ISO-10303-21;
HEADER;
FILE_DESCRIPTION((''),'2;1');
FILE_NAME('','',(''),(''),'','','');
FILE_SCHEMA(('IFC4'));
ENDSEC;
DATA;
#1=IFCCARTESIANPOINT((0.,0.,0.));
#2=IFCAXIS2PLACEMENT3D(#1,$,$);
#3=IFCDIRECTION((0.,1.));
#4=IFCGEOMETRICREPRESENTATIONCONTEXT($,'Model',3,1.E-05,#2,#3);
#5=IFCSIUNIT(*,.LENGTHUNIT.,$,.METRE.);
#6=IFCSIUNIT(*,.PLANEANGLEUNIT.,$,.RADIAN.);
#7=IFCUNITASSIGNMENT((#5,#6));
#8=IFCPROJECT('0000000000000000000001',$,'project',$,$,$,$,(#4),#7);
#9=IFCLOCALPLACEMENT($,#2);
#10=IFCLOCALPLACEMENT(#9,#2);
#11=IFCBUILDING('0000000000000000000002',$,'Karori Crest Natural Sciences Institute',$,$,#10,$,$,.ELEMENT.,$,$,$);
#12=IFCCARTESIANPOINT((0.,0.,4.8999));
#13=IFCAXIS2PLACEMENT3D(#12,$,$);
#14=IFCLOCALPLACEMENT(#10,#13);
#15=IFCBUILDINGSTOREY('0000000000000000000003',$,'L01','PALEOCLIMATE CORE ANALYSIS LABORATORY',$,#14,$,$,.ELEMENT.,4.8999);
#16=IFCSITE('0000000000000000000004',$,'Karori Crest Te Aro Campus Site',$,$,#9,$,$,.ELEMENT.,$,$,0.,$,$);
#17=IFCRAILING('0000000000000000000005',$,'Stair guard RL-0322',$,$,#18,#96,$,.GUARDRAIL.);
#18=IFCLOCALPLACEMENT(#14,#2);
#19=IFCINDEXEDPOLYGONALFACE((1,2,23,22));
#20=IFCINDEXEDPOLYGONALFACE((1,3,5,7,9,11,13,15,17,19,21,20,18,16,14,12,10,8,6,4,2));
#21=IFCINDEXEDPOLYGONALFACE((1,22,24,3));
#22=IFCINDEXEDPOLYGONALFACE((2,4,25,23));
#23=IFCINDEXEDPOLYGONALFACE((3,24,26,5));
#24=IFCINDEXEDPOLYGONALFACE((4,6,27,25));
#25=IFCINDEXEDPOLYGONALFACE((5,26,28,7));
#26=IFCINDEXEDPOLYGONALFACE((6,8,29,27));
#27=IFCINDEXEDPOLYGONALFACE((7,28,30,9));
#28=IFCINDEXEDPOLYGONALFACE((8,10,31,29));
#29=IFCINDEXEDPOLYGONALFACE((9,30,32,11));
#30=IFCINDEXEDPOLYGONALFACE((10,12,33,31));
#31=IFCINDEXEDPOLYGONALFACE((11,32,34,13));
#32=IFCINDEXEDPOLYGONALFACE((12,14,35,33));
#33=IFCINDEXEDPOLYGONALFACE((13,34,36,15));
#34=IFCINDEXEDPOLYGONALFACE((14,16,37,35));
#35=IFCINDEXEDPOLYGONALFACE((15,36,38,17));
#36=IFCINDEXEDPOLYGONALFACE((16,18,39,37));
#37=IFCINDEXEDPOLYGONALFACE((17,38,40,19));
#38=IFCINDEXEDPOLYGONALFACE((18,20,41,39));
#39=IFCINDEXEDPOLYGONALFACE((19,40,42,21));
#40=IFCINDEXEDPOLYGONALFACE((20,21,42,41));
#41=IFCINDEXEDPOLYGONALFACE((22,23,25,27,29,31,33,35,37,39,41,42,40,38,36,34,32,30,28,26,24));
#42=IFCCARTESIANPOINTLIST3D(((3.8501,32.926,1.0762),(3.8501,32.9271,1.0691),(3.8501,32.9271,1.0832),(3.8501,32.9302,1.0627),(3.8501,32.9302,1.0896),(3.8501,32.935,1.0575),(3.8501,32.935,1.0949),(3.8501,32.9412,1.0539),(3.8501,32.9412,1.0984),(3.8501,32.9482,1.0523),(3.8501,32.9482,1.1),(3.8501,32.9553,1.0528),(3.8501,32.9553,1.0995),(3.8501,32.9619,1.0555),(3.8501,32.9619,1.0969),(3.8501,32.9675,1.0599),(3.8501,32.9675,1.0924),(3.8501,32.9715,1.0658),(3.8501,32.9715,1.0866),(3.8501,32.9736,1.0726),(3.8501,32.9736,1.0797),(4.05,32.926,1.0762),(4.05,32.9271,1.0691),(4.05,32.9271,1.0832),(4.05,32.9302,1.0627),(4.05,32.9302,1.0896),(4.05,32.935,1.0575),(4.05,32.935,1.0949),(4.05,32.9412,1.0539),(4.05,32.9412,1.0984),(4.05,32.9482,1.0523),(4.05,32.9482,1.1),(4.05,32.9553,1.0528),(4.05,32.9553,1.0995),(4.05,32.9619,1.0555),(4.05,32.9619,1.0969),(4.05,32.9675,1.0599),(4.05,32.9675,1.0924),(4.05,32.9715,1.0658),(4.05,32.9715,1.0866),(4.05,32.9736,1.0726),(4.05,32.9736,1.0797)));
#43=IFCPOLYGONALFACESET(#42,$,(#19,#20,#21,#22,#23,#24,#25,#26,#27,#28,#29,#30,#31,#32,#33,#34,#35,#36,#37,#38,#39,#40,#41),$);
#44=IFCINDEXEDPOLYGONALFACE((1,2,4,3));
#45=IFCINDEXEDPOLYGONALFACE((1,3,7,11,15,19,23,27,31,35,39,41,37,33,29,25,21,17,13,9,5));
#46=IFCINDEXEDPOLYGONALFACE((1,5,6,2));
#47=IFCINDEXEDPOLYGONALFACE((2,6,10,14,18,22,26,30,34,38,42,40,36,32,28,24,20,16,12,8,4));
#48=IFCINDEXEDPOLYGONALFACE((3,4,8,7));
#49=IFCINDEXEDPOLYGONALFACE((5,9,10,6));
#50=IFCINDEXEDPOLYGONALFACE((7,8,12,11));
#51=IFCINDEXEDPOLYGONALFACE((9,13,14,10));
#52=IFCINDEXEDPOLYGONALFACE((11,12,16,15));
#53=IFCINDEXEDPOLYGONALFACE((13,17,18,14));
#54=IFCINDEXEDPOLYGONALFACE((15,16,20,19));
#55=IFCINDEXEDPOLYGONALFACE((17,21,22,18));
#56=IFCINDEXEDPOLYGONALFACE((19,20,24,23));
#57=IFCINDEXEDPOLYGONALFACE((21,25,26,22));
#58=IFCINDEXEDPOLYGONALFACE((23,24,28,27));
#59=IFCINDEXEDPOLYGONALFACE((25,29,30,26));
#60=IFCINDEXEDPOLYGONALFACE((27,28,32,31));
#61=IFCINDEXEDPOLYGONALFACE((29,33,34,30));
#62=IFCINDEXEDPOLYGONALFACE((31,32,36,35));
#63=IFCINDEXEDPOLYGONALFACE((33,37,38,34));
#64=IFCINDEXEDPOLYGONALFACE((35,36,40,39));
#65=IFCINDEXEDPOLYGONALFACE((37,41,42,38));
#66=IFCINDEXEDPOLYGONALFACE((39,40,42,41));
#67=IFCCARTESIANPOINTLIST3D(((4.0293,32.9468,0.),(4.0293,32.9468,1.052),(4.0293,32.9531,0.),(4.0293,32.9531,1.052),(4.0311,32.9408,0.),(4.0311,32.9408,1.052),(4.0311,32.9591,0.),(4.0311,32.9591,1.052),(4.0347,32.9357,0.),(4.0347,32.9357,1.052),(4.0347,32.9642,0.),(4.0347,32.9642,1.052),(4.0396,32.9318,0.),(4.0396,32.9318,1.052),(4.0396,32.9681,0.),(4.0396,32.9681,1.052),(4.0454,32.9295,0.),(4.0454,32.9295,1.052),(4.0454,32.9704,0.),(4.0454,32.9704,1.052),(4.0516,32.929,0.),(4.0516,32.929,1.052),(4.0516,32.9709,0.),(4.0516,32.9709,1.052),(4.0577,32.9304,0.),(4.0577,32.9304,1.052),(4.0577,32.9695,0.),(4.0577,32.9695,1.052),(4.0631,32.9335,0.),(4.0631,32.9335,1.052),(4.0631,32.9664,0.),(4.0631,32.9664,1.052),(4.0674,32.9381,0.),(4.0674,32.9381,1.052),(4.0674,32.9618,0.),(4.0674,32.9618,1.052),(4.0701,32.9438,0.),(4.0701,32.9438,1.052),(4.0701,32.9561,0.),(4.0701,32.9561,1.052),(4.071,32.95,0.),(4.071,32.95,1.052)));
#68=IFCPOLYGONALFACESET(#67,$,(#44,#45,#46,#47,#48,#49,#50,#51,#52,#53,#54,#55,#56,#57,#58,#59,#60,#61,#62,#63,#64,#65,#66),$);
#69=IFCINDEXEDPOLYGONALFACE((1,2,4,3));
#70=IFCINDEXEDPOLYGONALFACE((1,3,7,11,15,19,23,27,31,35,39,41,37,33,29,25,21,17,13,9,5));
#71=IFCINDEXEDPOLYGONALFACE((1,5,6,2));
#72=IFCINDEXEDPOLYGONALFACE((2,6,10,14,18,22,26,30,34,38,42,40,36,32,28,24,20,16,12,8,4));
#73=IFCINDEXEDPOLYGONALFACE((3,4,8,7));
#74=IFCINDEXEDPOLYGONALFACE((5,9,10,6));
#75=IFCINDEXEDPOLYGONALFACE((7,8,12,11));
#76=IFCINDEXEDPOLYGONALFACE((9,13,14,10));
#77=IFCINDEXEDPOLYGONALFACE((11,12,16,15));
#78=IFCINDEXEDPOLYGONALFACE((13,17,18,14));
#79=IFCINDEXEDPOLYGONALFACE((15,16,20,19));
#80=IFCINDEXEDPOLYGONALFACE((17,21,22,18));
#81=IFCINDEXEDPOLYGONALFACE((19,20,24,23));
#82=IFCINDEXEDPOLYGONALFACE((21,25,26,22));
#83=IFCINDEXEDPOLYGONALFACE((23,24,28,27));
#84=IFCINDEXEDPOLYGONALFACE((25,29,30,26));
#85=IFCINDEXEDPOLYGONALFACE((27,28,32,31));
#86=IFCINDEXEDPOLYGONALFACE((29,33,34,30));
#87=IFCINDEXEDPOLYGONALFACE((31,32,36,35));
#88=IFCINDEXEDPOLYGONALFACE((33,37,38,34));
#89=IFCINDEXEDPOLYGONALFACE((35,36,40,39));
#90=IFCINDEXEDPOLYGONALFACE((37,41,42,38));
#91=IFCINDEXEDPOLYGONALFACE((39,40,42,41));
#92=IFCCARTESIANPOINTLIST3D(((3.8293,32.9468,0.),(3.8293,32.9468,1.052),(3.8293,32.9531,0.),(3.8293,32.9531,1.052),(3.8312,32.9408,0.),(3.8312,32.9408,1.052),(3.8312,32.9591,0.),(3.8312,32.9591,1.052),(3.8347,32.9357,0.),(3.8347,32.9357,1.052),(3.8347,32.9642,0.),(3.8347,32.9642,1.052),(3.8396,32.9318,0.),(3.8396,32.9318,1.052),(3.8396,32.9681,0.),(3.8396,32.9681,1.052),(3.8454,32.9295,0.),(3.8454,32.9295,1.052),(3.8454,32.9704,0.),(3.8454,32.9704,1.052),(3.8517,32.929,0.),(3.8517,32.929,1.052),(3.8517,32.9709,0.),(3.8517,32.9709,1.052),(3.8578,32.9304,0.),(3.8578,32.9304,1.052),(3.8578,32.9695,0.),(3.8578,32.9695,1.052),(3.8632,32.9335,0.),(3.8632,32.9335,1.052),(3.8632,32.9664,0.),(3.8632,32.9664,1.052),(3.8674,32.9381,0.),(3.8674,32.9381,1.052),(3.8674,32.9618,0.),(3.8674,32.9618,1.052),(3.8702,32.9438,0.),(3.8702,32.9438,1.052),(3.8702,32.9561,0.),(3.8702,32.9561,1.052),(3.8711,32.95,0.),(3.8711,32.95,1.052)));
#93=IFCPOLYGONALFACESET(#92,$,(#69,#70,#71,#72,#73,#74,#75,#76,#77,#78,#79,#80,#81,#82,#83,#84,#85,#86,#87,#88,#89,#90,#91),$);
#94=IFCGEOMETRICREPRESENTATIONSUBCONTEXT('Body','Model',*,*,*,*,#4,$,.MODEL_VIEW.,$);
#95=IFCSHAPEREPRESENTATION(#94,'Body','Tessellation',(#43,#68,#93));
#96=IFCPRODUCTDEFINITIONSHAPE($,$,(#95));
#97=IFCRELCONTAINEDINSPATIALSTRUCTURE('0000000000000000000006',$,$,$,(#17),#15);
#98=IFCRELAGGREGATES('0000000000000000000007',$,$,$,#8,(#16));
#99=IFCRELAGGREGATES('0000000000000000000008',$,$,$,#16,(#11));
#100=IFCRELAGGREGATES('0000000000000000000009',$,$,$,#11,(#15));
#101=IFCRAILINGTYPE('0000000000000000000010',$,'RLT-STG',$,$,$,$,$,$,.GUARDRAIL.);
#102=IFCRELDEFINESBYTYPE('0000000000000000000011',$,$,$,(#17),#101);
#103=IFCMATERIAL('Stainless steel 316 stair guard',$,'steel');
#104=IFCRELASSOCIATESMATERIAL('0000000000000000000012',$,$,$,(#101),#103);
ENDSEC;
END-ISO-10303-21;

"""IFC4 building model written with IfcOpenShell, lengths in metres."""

from ifc_helpers import new_model, si_unit, direction, frame, origin, origin_2d, place, context, subcontext, project, spatial, circle, extrude, material, type_object, element, save


model = new_model("IFC4")

# Units and contexts
model_context = context("Model", 3, precision=1e-05, world=origin(), true_north=direction((0.0, 1.0)))
body_context = subcontext(model_context, "Body", "Model", "MODEL_VIEW")
ifc_project = project(units=[si_unit("LENGTHUNIT", "METRE"), si_unit("PLANEANGLEUNIT", "RADIAN")], contexts=[model_context])

# Site, building, storey
site_placement = place(None, origin())
site = spatial("IfcSite", under=ifc_project, at=site_placement, Name="Karori Crest Te Aro Campus Site", CompositionType="ELEMENT", RefElevation=0.0)
building_placement = place(site_placement, origin())
building = spatial("IfcBuilding", under=site, at=building_placement, Name="Karori Crest Natural Sciences Institute", CompositionType="ELEMENT")
storey_placement = place(building_placement, frame((0.0, 0.0, 4.8999)))
storey = spatial("IfcBuildingStorey", under=building, at=storey_placement, Name="L01", Description="PALEOCLIMATE CORE ANALYSIS LABORATORY", CompositionType="ELEMENT", Elevation=4.8999)

# Railing
ifc_material_1 = material(Name="Stainless steel 316 stair guard", Category="steel")
railing_type_1 = type_object("IfcRailingType", Name="RLT-STG", PredefinedType="GUARDRAIL", material=ifc_material_1)
railing_1_placement = place(storey_placement, frame((4.05, 32.95, 0.0)))
element("IfcRailing", 1, at=railing_1_placement, inside=storey, type_object=railing_type_1, Name="Stair guard RL-0322", PredefinedType="GUARDRAIL", context=body_context, shape_type="SweptSolid", body=[
    extrude(circle(Radius=0.0239, at=origin_2d()), frame((0.0, 0.0, 1.0762), z_axis=(-1.0, 0.0, 0.0), x_axis=(0.0, -1.0, 0.0)), (0.0, 0.0, 1.0), 0.2),
    extrude(circle(Radius=0.021, at=origin_2d()), origin(), (0.0, 0.0, 1.0), 1.052),
    extrude(circle(Radius=0.021, at=origin_2d()), frame((-0.2, 0.0, 0.0)), (0.0, 0.0, 1.0), 1.052),
])

save(model, "model.ifc")
